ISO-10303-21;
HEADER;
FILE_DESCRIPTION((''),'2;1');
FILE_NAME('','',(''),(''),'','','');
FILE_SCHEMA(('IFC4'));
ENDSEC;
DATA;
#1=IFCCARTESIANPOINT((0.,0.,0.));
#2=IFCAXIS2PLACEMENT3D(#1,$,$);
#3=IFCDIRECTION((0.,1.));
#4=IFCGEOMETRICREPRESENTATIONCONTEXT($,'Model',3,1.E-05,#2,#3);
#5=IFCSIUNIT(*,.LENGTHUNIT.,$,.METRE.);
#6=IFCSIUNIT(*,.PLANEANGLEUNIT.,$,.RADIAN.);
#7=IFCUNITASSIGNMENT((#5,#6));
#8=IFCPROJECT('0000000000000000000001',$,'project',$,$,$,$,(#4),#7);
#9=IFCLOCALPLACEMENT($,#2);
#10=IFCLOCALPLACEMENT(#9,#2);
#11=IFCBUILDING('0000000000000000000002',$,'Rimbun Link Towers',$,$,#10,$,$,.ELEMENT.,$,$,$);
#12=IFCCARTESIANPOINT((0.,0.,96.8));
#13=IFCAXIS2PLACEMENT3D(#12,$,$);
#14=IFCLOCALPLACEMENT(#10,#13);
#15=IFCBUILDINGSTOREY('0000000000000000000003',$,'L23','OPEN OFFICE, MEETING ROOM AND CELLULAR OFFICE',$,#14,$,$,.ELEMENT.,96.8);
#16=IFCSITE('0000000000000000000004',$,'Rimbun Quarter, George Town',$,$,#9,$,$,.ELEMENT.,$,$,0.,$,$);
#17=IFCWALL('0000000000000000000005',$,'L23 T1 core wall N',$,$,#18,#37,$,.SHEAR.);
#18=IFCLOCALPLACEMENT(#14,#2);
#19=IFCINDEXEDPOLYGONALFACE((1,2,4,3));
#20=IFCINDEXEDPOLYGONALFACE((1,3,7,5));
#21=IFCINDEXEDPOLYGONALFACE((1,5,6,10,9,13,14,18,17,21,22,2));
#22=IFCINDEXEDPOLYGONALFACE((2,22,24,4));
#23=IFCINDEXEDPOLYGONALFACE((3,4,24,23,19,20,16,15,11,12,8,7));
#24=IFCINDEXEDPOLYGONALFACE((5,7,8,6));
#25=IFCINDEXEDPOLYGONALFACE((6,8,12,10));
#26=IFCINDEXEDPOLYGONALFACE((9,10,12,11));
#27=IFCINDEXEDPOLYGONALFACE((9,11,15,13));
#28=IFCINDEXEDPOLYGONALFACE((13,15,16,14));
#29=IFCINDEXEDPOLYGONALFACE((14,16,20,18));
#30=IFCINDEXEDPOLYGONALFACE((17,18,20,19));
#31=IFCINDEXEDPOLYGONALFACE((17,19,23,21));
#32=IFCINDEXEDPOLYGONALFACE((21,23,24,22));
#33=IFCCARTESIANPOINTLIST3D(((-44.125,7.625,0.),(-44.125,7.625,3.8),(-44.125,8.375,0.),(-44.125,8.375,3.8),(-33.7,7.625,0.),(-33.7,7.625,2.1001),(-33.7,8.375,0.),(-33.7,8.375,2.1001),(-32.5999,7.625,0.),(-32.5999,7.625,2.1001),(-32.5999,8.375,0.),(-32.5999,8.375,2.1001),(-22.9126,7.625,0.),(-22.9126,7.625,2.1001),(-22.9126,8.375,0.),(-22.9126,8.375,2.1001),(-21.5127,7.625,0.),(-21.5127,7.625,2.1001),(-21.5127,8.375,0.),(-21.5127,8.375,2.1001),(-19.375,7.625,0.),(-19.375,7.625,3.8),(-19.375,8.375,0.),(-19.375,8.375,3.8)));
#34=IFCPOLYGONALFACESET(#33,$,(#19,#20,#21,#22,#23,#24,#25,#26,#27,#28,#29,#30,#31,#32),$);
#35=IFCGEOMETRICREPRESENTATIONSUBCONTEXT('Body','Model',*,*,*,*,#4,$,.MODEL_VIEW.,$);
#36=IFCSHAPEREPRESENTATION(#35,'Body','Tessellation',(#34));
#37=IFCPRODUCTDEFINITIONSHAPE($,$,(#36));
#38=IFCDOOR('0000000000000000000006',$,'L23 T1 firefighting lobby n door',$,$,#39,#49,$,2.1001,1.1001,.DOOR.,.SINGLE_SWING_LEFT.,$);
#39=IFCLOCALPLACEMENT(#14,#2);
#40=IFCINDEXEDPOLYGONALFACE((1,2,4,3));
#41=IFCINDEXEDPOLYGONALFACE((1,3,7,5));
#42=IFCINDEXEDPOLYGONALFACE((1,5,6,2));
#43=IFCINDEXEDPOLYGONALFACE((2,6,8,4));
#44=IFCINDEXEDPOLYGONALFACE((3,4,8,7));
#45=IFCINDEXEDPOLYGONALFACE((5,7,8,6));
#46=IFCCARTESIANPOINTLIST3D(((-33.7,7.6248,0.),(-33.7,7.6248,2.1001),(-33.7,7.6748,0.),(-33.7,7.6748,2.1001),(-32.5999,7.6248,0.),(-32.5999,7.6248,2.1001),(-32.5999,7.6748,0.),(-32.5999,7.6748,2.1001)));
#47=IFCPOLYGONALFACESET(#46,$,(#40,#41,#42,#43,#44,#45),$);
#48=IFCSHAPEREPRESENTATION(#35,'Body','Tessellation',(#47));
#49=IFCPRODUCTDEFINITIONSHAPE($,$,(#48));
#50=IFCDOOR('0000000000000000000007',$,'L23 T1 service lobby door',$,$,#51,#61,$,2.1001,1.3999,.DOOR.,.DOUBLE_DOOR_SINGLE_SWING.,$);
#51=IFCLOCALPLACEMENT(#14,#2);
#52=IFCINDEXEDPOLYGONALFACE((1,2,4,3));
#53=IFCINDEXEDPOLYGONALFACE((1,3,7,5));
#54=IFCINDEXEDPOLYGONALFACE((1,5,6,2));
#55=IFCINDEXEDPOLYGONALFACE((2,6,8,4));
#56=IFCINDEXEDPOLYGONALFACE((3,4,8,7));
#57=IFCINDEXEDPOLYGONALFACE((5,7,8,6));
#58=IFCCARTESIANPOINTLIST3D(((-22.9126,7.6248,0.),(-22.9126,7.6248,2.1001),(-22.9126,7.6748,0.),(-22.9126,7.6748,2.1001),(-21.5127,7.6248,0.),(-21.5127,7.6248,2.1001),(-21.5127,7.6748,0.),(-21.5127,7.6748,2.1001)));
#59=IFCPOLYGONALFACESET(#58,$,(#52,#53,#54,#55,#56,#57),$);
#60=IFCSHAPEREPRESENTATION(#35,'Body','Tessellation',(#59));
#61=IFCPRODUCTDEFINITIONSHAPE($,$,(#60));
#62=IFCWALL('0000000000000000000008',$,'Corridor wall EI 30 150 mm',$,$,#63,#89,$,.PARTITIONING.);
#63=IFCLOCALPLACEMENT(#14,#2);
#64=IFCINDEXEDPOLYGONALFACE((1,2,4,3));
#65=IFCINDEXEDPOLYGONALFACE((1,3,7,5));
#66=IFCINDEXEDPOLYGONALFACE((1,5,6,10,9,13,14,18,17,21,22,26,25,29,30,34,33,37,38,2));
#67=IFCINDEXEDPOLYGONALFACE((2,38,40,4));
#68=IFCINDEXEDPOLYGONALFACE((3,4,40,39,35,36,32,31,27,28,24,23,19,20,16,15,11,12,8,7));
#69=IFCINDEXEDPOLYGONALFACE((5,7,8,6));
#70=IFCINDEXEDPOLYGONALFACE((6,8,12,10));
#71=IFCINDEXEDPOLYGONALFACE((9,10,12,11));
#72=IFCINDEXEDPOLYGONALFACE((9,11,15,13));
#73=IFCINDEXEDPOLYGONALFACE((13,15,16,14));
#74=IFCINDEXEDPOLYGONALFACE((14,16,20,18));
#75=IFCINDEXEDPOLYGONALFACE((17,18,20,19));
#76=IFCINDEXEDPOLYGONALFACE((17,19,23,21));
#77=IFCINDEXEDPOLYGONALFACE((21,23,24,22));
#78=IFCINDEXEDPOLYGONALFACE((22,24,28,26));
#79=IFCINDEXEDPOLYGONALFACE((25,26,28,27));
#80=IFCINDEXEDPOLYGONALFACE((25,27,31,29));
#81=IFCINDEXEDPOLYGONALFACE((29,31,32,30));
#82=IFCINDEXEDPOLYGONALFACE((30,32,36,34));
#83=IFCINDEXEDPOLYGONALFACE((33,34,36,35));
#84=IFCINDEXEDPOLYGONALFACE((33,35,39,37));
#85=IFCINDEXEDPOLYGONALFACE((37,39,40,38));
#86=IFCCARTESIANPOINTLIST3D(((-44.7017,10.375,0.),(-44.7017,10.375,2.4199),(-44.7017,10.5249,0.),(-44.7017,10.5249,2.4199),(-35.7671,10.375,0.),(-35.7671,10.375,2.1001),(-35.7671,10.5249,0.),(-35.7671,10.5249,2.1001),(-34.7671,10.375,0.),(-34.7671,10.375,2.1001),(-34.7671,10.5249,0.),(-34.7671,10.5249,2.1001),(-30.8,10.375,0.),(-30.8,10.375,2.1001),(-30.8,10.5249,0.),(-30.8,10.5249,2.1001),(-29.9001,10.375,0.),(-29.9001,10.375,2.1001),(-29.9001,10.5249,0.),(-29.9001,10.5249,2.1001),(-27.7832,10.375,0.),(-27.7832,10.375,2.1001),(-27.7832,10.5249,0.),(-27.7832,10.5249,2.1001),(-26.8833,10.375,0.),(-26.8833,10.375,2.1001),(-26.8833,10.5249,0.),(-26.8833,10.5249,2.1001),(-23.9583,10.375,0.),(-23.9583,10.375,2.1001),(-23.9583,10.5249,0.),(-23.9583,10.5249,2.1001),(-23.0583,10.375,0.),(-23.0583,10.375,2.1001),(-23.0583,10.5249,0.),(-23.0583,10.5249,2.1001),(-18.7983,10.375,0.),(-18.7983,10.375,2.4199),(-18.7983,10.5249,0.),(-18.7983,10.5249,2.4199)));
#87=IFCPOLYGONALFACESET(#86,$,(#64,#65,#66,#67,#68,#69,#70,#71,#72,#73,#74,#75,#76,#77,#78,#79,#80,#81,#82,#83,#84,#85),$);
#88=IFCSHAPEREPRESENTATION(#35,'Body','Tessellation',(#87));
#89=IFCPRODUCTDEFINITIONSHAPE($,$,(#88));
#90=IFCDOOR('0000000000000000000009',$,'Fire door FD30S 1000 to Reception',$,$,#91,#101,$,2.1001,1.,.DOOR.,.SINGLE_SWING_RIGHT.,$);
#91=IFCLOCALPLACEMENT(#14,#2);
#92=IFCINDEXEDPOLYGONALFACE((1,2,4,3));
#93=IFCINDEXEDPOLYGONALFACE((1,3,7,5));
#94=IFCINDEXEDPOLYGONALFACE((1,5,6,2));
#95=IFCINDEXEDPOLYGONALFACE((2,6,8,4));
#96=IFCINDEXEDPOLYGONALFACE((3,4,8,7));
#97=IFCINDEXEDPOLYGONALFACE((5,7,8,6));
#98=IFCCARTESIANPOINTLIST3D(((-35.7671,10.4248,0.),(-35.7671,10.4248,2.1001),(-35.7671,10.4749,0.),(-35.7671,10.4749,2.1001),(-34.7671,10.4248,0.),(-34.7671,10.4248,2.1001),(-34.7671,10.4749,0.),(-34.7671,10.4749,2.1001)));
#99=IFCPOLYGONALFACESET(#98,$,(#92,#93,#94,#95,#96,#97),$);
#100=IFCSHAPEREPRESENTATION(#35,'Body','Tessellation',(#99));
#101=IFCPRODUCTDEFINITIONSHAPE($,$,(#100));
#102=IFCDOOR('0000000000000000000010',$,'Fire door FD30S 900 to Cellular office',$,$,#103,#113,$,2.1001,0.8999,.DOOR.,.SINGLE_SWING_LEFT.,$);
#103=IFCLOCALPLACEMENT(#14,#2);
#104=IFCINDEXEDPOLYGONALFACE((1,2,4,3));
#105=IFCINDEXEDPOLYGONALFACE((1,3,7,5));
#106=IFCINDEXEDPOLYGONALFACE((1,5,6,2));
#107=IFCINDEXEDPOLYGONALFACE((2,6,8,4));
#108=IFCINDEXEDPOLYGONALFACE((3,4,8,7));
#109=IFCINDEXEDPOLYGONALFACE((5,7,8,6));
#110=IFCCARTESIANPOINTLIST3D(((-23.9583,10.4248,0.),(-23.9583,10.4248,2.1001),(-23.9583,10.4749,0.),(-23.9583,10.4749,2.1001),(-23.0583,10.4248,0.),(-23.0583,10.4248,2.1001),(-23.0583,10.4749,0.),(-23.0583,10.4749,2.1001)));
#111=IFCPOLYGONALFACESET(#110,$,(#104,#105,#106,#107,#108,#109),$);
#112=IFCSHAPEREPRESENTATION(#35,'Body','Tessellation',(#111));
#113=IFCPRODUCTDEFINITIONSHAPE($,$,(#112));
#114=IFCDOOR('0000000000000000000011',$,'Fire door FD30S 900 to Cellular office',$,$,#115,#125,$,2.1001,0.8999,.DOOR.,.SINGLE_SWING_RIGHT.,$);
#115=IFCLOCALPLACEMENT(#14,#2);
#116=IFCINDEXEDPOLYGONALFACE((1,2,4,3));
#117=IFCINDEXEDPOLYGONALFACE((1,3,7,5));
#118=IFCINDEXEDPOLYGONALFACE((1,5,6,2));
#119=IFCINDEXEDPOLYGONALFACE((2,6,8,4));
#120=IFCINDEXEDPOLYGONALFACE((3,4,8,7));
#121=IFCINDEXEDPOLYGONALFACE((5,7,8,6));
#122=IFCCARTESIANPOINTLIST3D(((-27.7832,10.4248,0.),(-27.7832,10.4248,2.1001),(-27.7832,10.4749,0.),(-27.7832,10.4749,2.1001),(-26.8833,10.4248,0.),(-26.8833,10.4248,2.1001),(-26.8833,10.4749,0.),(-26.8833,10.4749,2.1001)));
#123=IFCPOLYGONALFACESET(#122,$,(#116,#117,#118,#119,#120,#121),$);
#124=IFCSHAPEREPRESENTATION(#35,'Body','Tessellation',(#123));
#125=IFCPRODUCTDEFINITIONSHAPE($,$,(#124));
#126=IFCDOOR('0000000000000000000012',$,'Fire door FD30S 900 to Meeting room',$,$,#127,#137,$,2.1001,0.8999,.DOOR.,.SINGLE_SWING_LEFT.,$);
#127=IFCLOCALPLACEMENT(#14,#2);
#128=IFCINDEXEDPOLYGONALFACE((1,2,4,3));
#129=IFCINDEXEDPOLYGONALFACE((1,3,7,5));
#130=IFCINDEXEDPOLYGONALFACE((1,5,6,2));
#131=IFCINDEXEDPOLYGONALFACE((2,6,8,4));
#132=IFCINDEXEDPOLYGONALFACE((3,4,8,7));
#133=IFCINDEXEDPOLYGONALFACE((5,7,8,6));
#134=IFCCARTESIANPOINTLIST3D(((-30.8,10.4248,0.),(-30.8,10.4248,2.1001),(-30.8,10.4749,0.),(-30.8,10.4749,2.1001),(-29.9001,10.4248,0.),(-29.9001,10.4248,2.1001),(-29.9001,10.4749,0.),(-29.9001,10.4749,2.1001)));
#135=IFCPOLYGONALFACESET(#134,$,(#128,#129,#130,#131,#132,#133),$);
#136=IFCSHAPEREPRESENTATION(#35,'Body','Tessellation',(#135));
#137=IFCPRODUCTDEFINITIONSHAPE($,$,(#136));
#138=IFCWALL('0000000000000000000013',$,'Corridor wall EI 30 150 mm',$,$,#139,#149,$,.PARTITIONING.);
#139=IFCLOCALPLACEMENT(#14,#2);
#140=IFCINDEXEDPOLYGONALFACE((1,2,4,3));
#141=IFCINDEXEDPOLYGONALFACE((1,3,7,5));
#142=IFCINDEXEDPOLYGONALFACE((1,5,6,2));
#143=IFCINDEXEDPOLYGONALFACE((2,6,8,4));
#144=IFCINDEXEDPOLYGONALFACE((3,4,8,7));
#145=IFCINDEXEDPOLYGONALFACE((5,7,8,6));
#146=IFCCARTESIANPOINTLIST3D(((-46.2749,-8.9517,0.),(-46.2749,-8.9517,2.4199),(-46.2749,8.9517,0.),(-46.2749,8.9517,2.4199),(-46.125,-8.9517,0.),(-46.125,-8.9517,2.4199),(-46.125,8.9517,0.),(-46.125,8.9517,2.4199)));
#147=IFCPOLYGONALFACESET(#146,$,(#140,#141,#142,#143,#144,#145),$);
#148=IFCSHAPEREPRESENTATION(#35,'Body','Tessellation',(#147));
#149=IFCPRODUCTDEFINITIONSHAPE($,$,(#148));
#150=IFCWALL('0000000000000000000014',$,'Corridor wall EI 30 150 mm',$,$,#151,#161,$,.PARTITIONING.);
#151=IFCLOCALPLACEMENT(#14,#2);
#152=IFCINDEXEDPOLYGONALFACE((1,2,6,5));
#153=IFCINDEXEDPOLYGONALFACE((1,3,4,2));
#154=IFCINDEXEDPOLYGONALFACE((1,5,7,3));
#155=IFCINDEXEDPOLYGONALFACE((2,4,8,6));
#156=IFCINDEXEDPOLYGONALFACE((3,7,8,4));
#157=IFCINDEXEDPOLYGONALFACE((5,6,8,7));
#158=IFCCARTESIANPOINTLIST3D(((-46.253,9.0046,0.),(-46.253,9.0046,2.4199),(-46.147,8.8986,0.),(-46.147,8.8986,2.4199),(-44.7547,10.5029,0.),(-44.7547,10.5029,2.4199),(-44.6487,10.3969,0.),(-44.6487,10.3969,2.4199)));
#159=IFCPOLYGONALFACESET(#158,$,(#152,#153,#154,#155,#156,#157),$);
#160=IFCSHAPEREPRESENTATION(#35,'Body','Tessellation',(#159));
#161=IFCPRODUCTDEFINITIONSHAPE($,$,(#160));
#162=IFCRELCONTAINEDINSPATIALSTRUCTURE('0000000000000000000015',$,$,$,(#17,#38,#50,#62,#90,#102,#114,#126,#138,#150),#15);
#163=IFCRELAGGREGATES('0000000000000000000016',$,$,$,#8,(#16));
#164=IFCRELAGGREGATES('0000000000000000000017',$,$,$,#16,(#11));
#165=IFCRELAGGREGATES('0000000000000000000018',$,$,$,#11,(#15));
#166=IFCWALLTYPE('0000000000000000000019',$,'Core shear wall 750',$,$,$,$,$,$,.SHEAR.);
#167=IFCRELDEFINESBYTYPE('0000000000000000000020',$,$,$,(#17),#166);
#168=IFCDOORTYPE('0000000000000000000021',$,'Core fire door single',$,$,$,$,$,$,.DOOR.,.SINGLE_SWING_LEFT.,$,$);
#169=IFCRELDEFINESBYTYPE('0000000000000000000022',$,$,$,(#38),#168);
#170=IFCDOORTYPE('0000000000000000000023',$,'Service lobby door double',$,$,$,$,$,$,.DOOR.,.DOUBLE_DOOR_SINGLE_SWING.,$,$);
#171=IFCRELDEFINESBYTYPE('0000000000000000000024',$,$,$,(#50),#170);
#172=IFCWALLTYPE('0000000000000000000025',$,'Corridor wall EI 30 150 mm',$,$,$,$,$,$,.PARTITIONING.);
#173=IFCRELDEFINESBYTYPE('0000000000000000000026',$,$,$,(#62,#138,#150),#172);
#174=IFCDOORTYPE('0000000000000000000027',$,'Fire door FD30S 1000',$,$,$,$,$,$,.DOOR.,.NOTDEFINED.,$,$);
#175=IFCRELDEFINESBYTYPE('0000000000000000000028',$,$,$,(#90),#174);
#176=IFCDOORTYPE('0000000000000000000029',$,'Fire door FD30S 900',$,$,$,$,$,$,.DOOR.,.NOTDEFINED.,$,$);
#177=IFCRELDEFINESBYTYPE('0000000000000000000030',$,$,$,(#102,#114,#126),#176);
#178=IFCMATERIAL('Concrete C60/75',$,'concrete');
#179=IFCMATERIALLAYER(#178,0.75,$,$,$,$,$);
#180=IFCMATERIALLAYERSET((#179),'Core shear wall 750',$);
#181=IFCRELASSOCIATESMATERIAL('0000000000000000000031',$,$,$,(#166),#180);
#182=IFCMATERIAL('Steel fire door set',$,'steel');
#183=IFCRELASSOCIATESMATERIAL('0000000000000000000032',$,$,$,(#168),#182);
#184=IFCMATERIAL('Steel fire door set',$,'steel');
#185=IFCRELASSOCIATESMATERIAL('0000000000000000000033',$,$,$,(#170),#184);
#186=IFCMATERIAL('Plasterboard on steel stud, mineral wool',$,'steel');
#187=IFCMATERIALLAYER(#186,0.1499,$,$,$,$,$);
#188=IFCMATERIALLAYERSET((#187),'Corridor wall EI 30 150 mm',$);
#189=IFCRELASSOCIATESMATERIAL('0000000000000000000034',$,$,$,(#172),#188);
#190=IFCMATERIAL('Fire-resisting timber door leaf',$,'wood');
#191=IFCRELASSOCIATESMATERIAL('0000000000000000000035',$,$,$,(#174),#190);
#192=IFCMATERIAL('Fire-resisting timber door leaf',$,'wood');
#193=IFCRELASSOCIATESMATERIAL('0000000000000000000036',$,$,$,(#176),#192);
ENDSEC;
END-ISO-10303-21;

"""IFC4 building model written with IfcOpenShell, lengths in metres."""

from ifc_helpers import new_model, si_unit, direction, frame, frame_2d, origin, place, context, subcontext, project, spatial, rectangle, extrude, material, layer, layer_set, type_object, element, fill, save


model = new_model("IFC4")

# Units and contexts
model_context = context("Model", 3, precision=1e-05, world=origin(), true_north=direction((0.0, 1.0)))
body_context = subcontext(model_context, "Body", "Model", "MODEL_VIEW")
ifc_project = project(units=[si_unit("LENGTHUNIT", "METRE"), si_unit("PLANEANGLEUNIT", "RADIAN")], contexts=[model_context])

# Site, building, storey
site_placement = place(None, origin())
site = spatial("IfcSite", under=ifc_project, at=site_placement, Name="Rimbun Quarter, George Town", CompositionType="ELEMENT", RefElevation=0.0)
building_placement = place(site_placement, origin())
building = spatial("IfcBuilding", under=site, at=building_placement, Name="Rimbun Link Towers", CompositionType="ELEMENT")
storey_placement = place(building_placement, frame((0.0, 0.0, 96.8)))
storey = spatial("IfcBuildingStorey", under=building, at=storey_placement, Name="L23", Description="OPEN OFFICE, MEETING ROOM AND CELLULAR OFFICE", CompositionType="ELEMENT", Elevation=96.8)

# Walls, openings, doors
ifc_material_1 = material(Name="Concrete C60/75", Category="concrete")
ifc_layer_1 = layer(ifc_material_1, 0.75)
ifc_layer_set_1 = layer_set([ifc_layer_1], Name="Core shear wall 750")
wall_type_1 = type_object("IfcWallType", Name="Core shear wall 750", PredefinedType="SHEAR", material=ifc_layer_set_1)
wall_1_placement = place(storey_placement, frame((-44.125, 8.0, 0.0), z_axis=(0.0, 0.0, 1.0), x_axis=(1.0, 0.0, 0.0)))
wall_1 = element("IfcWall", 1, at=wall_1_placement, inside=storey, type_object=wall_type_1, Name="L23 T1 core wall N", PredefinedType="SHEAR", context=body_context, shape_type="SweptSolid", body=[
    extrude(rectangle(XDim=24.75, YDim=0.75, at=frame_2d((12.375, 0.0))), origin(), (0.0, 0.0, 1.0), 3.8),
])
opening_1_placement = place(wall_1_placement, frame((10.425, 0.0, 0.0)))
opening_1 = element("IfcOpeningElement", 2, at=opening_1_placement, cuts=wall_1, PredefinedType="OPENING", context=body_context, shape_type="SweptSolid", body=[
    extrude(rectangle(XDim=1.1001, YDim=2.1001, at=frame_2d((0.55, 1.05))), frame((0.0, 0.385, 0.0), z_axis=(0.0, -1.0, 0.0), x_axis=(1.0, 0.0, 0.0)), (0.0, 0.0, 1.0), 0.77),
])
opening_2_placement = place(wall_1_placement, frame((21.2124, 0.0, 0.0)))
opening_2 = element("IfcOpeningElement", 3, at=opening_2_placement, cuts=wall_1, PredefinedType="OPENING", context=body_context, shape_type="SweptSolid", body=[
    extrude(rectangle(XDim=1.3999, YDim=2.1001, at=frame_2d((0.7, 1.05))), frame((0.0, 0.385, 0.0), z_axis=(0.0, -1.0, 0.0), x_axis=(1.0, 0.0, 0.0)), (0.0, 0.0, 1.0), 0.77),
])
ifc_material_2 = material(Name="Steel fire door set", Category="steel")
door_type_1 = type_object("IfcDoorType", Name="Core fire door single", OperationType="SINGLE_SWING_LEFT", PredefinedType="DOOR", material=ifc_material_2)
door_1_placement = place(opening_1_placement, origin())
door_1 = element("IfcDoor", 4, at=door_1_placement, inside=storey, type_object=door_type_1, Name="L23 T1 firefighting lobby n door", OperationType="SINGLE_SWING_LEFT", OverallHeight=2.1001, OverallWidth=1.1001, PredefinedType="DOOR", context=body_context, shape_type="SweptSolid", body=[
    extrude(rectangle(XDim=1.1001, YDim=2.1001, at=frame_2d((0.55, 1.05))), frame((0.0, -0.3252, 0.0), z_axis=(0.0, -1.0, 0.0), x_axis=(1.0, 0.0, 0.0)), (0.0, 0.0, 1.0), 0.05),
])
fill(opening_1, door_1)
ifc_material_3 = material(Name="Steel fire door set", Category="steel")
door_type_2 = type_object("IfcDoorType", Name="Service lobby door double", OperationType="DOUBLE_DOOR_SINGLE_SWING", PredefinedType="DOOR", material=ifc_material_3)
door_2_placement = place(opening_2_placement, origin())
door_2 = element("IfcDoor", 5, at=door_2_placement, inside=storey, type_object=door_type_2, Name="L23 T1 service lobby door", OperationType="DOUBLE_DOOR_SINGLE_SWING", OverallHeight=2.1001, OverallWidth=1.3999, PredefinedType="DOOR", context=body_context, shape_type="SweptSolid", body=[
    extrude(rectangle(XDim=1.3999, YDim=2.1001, at=frame_2d((0.7, 1.05))), frame((0.0, -0.3252, 0.0), z_axis=(0.0, -1.0, 0.0), x_axis=(1.0, 0.0, 0.0)), (0.0, 0.0, 1.0), 0.05),
])
fill(opening_2, door_2)
ifc_material_4 = material(Name="Plasterboard on steel stud, mineral wool", Category="steel")
ifc_layer_2 = layer(ifc_material_4, 0.1499)
ifc_layer_set_2 = layer_set([ifc_layer_2], Name="Corridor wall EI 30 150 mm")
wall_type_2 = type_object("IfcWallType", Name="Corridor wall EI 30 150 mm", PredefinedType="PARTITIONING", material=ifc_layer_set_2)
wall_2_placement = place(storey_placement, frame((-44.7017, 10.45, 0.0), z_axis=(0.0, 0.0, 1.0), x_axis=(1.0, 0.0, 0.0)))
wall_2 = element("IfcWall", 6, at=wall_2_placement, inside=storey, type_object=wall_type_2, Name="Corridor wall EI 30 150 mm", PredefinedType="PARTITIONING", context=body_context, shape_type="SweptSolid", body=[
    extrude(rectangle(XDim=25.9033, YDim=0.1499, at=frame_2d((12.9517, 0.0))), origin(), (0.0, 0.0, 1.0), 2.4199),
])
opening_3_placement = place(wall_2_placement, frame((20.7434, 0.0, 0.0)))
opening_3 = element("IfcOpeningElement", 7, at=opening_3_placement, cuts=wall_2, PredefinedType="OPENING", context=body_context, shape_type="SweptSolid", body=[
    extrude(rectangle(XDim=0.8999, YDim=2.1001, at=frame_2d((0.45, 1.05))), frame((0.0, 0.085, 0.0), z_axis=(0.0, -1.0, 0.0), x_axis=(1.0, 0.0, 0.0)), (0.0, 0.0, 1.0), 0.1699),
])
opening_4_placement = place(wall_2_placement, frame((16.9185, 0.0, 0.0)))
opening_4 = element("IfcOpeningElement", 8, at=opening_4_placement, cuts=wall_2, PredefinedType="OPENING", context=body_context, shape_type="SweptSolid", body=[
    extrude(rectangle(XDim=0.8999, YDim=2.1001, at=frame_2d((0.45, 1.05))), frame((0.0, 0.085, 0.0), z_axis=(0.0, -1.0, 0.0), x_axis=(1.0, 0.0, 0.0)), (0.0, 0.0, 1.0), 0.1699),
])
opening_5_placement = place(wall_2_placement, frame((13.9016, 0.0, 0.0)))
opening_5 = element("IfcOpeningElement", 9, at=opening_5_placement, cuts=wall_2, PredefinedType="OPENING", context=body_context, shape_type="SweptSolid", body=[
    extrude(rectangle(XDim=0.8999, YDim=2.1001, at=frame_2d((0.45, 1.05))), frame((0.0, 0.085, 0.0), z_axis=(0.0, -1.0, 0.0), x_axis=(1.0, 0.0, 0.0)), (0.0, 0.0, 1.0), 0.1699),
])
opening_6_placement = place(wall_2_placement, frame((8.9346, 0.0, 0.0)))
opening_6 = element("IfcOpeningElement", 10, at=opening_6_placement, cuts=wall_2, PredefinedType="OPENING", context=body_context, shape_type="SweptSolid", body=[
    extrude(rectangle(XDim=1.0, YDim=2.1001, at=frame_2d((0.5, 1.05))), frame((0.0, 0.085, 0.0), z_axis=(0.0, -1.0, 0.0), x_axis=(1.0, 0.0, 0.0)), (0.0, 0.0, 1.0), 0.1699),
])
ifc_material_5 = material(Name="Fire-resisting timber door leaf", Category="wood")
door_type_3 = type_object("IfcDoorType", Name="Fire door FD30S 1000", OperationType="NOTDEFINED", PredefinedType="DOOR", material=ifc_material_5)
door_3_placement = place(opening_6_placement, origin())
door_3 = element("IfcDoor", 11, at=door_3_placement, inside=storey, type_object=door_type_3, Name="Fire door FD30S 1000 to Reception", OperationType="SINGLE_SWING_RIGHT", OverallHeight=2.1001, OverallWidth=1.0, PredefinedType="DOOR", context=body_context, shape_type="SweptSolid", body=[
    extrude(rectangle(XDim=1.0, YDim=2.1001, at=frame_2d((0.5, 1.05))), frame((0.0, 0.0249, 0.0), z_axis=(0.0, -1.0, 0.0), x_axis=(1.0, 0.0, 0.0)), (0.0, 0.0, 1.0), 0.05),
])
fill(opening_6, door_3)
ifc_material_6 = material(Name="Fire-resisting timber door leaf", Category="wood")
door_type_4 = type_object("IfcDoorType", Name="Fire door FD30S 900", OperationType="NOTDEFINED", PredefinedType="DOOR", material=ifc_material_6)
door_4_placement = place(opening_3_placement, origin())
door_4 = element("IfcDoor", 12, at=door_4_placement, inside=storey, type_object=door_type_4, Name="Fire door FD30S 900 to Cellular office", OperationType="SINGLE_SWING_LEFT", OverallHeight=2.1001, OverallWidth=0.8999, PredefinedType="DOOR", context=body_context, shape_type="SweptSolid", body=[
    extrude(rectangle(XDim=0.8999, YDim=2.1001, at=frame_2d((0.45, 1.05))), frame((0.0, 0.0249, 0.0), z_axis=(0.0, -1.0, 0.0), x_axis=(1.0, 0.0, 0.0)), (0.0, 0.0, 1.0), 0.05),
])
fill(opening_3, door_4)
door_5_placement = place(opening_4_placement, origin())
door_5 = element("IfcDoor", 13, at=door_5_placement, inside=storey, type_object=door_type_4, Name="Fire door FD30S 900 to Cellular office", OperationType="SINGLE_SWING_RIGHT", OverallHeight=2.1001, OverallWidth=0.8999, PredefinedType="DOOR", context=body_context, shape_type="SweptSolid", body=[
    extrude(rectangle(XDim=0.8999, YDim=2.1001, at=frame_2d((0.45, 1.05))), frame((0.0, 0.0249, 0.0), z_axis=(0.0, -1.0, 0.0), x_axis=(1.0, 0.0, 0.0)), (0.0, 0.0, 1.0), 0.05),
])
fill(opening_4, door_5)
door_6_placement = place(opening_5_placement, origin())
door_6 = element("IfcDoor", 14, at=door_6_placement, inside=storey, type_object=door_type_4, Name="Fire door FD30S 900 to Meeting room", OperationType="SINGLE_SWING_LEFT", OverallHeight=2.1001, OverallWidth=0.8999, PredefinedType="DOOR", context=body_context, shape_type="SweptSolid", body=[
    extrude(rectangle(XDim=0.8999, YDim=2.1001, at=frame_2d((0.45, 1.05))), frame((0.0, 0.0249, 0.0), z_axis=(0.0, -1.0, 0.0), x_axis=(1.0, 0.0, 0.0)), (0.0, 0.0, 1.0), 0.05),
])
fill(opening_5, door_6)

# Walls
wall_3_placement = place(storey_placement, frame((-46.2, 8.9517, 0.0), z_axis=(0.0, 0.0, 1.0), x_axis=(0.0, -1.0, 0.0)))
element("IfcWall", 15, at=wall_3_placement, inside=storey, type_object=wall_type_2, Name="Corridor wall EI 30 150 mm", PredefinedType="PARTITIONING", context=body_context, shape_type="SweptSolid", body=[
    extrude(rectangle(XDim=17.9033, YDim=0.1499, at=frame_2d((8.9517, 0.0))), origin(), (0.0, 0.0, 1.0), 2.4199),
])
wall_4_placement = place(storey_placement, frame((-44.7017, 10.45, 0.0), z_axis=(0.0, 0.0, 1.0), x_axis=(-0.707107, -0.707107, 0.0)))
element("IfcWall", 16, at=wall_4_placement, inside=storey, type_object=wall_type_2, Name="Corridor wall EI 30 150 mm", PredefinedType="PARTITIONING", context=body_context, shape_type="SweptSolid", body=[
    extrude(rectangle(XDim=2.1189, YDim=0.1499, at=frame_2d((1.0596, 0.0))), origin(), (0.0, 0.0, 1.0), 2.4199),
])

save(model, "model.ifc")
